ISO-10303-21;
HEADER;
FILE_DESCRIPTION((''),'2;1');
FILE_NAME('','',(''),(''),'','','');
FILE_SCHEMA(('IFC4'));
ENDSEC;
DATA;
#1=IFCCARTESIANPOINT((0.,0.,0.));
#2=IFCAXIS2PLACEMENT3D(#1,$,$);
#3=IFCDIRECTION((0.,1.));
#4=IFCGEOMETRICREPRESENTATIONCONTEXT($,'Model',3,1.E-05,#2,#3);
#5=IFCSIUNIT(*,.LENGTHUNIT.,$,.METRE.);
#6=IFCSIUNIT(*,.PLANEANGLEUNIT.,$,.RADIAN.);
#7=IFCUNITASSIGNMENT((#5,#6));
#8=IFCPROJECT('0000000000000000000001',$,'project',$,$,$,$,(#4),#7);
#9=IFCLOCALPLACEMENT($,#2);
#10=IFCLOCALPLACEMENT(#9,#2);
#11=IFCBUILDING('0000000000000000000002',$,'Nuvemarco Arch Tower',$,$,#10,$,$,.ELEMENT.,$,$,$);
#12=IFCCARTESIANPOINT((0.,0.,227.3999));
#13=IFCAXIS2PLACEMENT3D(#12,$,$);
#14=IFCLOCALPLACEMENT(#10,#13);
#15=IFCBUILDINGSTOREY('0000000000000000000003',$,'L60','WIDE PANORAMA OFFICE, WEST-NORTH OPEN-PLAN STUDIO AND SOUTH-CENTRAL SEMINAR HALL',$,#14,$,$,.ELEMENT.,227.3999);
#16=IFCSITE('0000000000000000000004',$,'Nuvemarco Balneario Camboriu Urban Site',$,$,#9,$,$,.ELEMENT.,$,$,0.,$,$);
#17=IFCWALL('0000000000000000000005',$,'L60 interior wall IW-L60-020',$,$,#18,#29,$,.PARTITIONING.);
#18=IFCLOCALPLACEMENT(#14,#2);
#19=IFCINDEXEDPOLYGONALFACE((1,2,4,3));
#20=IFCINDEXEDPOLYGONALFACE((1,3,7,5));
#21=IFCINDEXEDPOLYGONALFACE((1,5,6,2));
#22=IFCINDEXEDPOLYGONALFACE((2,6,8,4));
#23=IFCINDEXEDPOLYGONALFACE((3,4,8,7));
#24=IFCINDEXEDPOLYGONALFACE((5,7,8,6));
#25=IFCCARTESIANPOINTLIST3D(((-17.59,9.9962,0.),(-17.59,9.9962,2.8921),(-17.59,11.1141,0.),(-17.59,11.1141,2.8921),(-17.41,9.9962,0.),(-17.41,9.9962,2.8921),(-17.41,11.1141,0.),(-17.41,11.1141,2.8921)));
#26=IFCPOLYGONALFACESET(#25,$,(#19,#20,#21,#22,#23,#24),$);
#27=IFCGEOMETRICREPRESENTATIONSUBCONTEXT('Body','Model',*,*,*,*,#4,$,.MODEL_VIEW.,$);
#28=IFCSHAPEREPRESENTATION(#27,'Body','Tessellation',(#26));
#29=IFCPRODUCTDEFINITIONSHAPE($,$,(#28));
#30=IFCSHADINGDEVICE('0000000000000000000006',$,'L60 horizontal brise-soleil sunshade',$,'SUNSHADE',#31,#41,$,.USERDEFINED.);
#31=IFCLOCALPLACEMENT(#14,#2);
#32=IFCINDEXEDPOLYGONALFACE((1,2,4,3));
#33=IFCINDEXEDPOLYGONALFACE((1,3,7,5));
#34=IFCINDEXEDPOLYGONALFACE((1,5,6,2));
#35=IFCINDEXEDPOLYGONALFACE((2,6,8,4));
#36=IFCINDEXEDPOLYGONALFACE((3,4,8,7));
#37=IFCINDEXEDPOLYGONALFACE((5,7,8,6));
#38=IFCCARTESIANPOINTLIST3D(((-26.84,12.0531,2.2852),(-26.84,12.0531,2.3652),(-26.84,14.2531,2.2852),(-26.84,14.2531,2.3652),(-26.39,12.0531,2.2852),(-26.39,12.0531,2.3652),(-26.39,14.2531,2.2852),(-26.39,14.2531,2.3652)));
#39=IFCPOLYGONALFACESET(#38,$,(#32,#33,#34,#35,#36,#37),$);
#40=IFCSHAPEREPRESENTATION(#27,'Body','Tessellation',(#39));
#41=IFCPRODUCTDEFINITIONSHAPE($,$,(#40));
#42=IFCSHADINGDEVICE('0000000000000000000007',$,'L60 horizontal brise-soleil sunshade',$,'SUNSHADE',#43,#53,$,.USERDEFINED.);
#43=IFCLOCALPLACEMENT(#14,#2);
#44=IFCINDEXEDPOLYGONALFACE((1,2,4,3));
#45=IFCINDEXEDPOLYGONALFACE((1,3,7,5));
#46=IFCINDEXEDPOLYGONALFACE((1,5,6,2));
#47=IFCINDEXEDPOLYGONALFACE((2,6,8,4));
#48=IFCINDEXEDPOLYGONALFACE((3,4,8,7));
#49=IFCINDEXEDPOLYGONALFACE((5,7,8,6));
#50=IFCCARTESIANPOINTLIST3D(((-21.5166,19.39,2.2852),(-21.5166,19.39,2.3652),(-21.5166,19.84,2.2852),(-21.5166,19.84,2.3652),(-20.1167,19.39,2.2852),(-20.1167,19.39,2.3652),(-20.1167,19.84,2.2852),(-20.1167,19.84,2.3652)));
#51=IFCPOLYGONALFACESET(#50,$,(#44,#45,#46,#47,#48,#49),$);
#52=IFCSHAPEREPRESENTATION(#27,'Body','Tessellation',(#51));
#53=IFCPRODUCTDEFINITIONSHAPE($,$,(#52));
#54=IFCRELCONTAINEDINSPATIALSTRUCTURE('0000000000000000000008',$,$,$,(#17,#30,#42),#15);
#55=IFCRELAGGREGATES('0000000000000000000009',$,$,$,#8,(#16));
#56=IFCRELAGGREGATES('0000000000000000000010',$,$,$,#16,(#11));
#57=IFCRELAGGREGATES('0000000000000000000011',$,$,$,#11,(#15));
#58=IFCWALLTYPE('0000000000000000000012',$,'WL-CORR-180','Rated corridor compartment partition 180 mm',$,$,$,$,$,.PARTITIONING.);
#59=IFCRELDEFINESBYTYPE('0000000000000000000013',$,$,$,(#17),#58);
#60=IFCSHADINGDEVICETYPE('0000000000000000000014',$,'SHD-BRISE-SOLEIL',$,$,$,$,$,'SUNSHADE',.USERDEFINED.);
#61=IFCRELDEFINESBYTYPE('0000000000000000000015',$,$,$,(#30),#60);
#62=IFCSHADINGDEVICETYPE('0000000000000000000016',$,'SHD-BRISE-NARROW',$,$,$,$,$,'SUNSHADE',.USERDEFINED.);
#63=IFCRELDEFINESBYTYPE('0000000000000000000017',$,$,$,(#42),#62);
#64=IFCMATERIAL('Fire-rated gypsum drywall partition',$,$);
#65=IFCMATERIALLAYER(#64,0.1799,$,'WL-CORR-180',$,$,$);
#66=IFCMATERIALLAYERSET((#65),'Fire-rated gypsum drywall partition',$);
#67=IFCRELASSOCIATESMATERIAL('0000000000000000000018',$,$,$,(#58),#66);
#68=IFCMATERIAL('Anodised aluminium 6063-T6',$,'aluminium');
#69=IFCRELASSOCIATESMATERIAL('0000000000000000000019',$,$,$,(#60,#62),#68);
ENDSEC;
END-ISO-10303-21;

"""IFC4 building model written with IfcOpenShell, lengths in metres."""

from ifc_helpers import new_model, si_unit, direction, frame, frame_2d, origin, origin_2d, place, context, subcontext, project, spatial, rectangle, extrude, source, transform, mapped, material, layer, layer_set, type_object, type_shapes, element, save


model = new_model("IFC4")

# Units and contexts
model_context = context("Model", 3, precision=1e-05, world=origin(), true_north=direction((0.0, 1.0)))
body_context = subcontext(model_context, "Body", "Model", "MODEL_VIEW")
ifc_project = project(units=[si_unit("LENGTHUNIT", "METRE"), si_unit("PLANEANGLEUNIT", "RADIAN")], contexts=[model_context])

# Site, building, storey
site_placement = place(None, origin())
site = spatial("IfcSite", under=ifc_project, at=site_placement, Name="Nuvemarco Balneario Camboriu Urban Site", CompositionType="ELEMENT", RefElevation=0.0)
building_placement = place(site_placement, origin())
building = spatial("IfcBuilding", under=site, at=building_placement, Name="Nuvemarco Arch Tower", CompositionType="ELEMENT")
storey_placement = place(building_placement, frame((0.0, 0.0, 227.3999)))
storey = spatial("IfcBuildingStorey", under=building, at=storey_placement, Name="L60", Description="WIDE PANORAMA OFFICE, WEST-NORTH OPEN-PLAN STUDIO AND SOUTH-CENTRAL SEMINAR HALL", CompositionType="ELEMENT", Elevation=227.3999)

# Shared definitions
ifc_material_1 = material(Name="Fire-rated gypsum drywall partition")
ifc_layer_1 = layer(ifc_material_1, 0.1799, Name="WL-CORR-180")
ifc_layer_set_1 = layer_set([ifc_layer_1], Name="Fire-rated gypsum drywall partition")
wall_type_1 = type_object("IfcWallType", Name="WL-CORR-180", Description="Rated corridor compartment partition 180 mm", PredefinedType="PARTITIONING", material=ifc_layer_set_1)

# Wall
wall_1_placement = place(storey_placement, frame((-17.5, 9.9961, 0.0), z_axis=(0.0, 0.0, 1.0), x_axis=(0.0, 1.0, 0.0)))
element("IfcWall", 1, at=wall_1_placement, inside=storey, type_object=wall_type_1, Name="L60 interior wall IW-L60-020", PredefinedType="PARTITIONING", context=body_context, shape_type="SweptSolid", body=[
    extrude(rectangle(XDim=1.1179, YDim=0.1799, at=frame_2d((0.5591, 0.0))), origin(), (0.0, 0.0, 1.0), 2.8921),
])

# Shading devices
ifc_material_2 = material(Name="Anodised aluminium 6063-T6", Category="aluminium")
shading_device_type_1 = type_object("IfcShadingDeviceType", Name="SHD-BRISE-SOLEIL", ElementType="SUNSHADE", PredefinedType="USERDEFINED", material=ifc_material_2)
shared_shape_1 = source(origin(), body_context, "Body", "SweptSolid", [
    extrude(rectangle(XDim=2.2, YDim=0.45, at=origin_2d()), origin(), (0.0, 0.0, 1.0), 0.0801),
])
type_shapes(shading_device_type_1, [shared_shape_1])
shading_device_1_placement = place(storey_placement, frame((-26.615, 13.1531, 2.2852), z_axis=(0.0, 0.0, 1.0), x_axis=(0.0, 1.0, 0.0)))
element("IfcShadingDevice", 2, at=shading_device_1_placement, inside=storey, type_object=shading_device_type_1, Name="L60 horizontal brise-soleil sunshade", ObjectType="SUNSHADE", PredefinedType="USERDEFINED", context=body_context, shape_type="MappedRepresentation", body=[
    mapped(shared_shape_1, transform((0.0, 0.0, 0.0), scale=1.0)),
])
shading_device_type_2 = type_object("IfcShadingDeviceType", Name="SHD-BRISE-NARROW", ElementType="SUNSHADE", PredefinedType="USERDEFINED", material=ifc_material_2)
shared_shape_2 = source(origin(), body_context, "Body", "SweptSolid", [
    extrude(rectangle(XDim=1.3999, YDim=0.45, at=origin_2d()), origin(), (0.0, 0.0, 1.0), 0.0801),
])
type_shapes(shading_device_type_2, [shared_shape_2])
shading_device_2_placement = place(storey_placement, frame((-20.8167, 19.615, 2.2852), z_axis=(0.0, 0.0, 1.0), x_axis=(1.0, 0.0, 0.0)))
element("IfcShadingDevice", 3, at=shading_device_2_placement, inside=storey, type_object=shading_device_type_2, Name="L60 horizontal brise-soleil sunshade", ObjectType="SUNSHADE", PredefinedType="USERDEFINED", context=body_context, shape_type="MappedRepresentation", body=[
    mapped(shared_shape_2, transform((0.0, 0.0, 0.0), scale=1.0)),
])

save(model, "model.ifc")
